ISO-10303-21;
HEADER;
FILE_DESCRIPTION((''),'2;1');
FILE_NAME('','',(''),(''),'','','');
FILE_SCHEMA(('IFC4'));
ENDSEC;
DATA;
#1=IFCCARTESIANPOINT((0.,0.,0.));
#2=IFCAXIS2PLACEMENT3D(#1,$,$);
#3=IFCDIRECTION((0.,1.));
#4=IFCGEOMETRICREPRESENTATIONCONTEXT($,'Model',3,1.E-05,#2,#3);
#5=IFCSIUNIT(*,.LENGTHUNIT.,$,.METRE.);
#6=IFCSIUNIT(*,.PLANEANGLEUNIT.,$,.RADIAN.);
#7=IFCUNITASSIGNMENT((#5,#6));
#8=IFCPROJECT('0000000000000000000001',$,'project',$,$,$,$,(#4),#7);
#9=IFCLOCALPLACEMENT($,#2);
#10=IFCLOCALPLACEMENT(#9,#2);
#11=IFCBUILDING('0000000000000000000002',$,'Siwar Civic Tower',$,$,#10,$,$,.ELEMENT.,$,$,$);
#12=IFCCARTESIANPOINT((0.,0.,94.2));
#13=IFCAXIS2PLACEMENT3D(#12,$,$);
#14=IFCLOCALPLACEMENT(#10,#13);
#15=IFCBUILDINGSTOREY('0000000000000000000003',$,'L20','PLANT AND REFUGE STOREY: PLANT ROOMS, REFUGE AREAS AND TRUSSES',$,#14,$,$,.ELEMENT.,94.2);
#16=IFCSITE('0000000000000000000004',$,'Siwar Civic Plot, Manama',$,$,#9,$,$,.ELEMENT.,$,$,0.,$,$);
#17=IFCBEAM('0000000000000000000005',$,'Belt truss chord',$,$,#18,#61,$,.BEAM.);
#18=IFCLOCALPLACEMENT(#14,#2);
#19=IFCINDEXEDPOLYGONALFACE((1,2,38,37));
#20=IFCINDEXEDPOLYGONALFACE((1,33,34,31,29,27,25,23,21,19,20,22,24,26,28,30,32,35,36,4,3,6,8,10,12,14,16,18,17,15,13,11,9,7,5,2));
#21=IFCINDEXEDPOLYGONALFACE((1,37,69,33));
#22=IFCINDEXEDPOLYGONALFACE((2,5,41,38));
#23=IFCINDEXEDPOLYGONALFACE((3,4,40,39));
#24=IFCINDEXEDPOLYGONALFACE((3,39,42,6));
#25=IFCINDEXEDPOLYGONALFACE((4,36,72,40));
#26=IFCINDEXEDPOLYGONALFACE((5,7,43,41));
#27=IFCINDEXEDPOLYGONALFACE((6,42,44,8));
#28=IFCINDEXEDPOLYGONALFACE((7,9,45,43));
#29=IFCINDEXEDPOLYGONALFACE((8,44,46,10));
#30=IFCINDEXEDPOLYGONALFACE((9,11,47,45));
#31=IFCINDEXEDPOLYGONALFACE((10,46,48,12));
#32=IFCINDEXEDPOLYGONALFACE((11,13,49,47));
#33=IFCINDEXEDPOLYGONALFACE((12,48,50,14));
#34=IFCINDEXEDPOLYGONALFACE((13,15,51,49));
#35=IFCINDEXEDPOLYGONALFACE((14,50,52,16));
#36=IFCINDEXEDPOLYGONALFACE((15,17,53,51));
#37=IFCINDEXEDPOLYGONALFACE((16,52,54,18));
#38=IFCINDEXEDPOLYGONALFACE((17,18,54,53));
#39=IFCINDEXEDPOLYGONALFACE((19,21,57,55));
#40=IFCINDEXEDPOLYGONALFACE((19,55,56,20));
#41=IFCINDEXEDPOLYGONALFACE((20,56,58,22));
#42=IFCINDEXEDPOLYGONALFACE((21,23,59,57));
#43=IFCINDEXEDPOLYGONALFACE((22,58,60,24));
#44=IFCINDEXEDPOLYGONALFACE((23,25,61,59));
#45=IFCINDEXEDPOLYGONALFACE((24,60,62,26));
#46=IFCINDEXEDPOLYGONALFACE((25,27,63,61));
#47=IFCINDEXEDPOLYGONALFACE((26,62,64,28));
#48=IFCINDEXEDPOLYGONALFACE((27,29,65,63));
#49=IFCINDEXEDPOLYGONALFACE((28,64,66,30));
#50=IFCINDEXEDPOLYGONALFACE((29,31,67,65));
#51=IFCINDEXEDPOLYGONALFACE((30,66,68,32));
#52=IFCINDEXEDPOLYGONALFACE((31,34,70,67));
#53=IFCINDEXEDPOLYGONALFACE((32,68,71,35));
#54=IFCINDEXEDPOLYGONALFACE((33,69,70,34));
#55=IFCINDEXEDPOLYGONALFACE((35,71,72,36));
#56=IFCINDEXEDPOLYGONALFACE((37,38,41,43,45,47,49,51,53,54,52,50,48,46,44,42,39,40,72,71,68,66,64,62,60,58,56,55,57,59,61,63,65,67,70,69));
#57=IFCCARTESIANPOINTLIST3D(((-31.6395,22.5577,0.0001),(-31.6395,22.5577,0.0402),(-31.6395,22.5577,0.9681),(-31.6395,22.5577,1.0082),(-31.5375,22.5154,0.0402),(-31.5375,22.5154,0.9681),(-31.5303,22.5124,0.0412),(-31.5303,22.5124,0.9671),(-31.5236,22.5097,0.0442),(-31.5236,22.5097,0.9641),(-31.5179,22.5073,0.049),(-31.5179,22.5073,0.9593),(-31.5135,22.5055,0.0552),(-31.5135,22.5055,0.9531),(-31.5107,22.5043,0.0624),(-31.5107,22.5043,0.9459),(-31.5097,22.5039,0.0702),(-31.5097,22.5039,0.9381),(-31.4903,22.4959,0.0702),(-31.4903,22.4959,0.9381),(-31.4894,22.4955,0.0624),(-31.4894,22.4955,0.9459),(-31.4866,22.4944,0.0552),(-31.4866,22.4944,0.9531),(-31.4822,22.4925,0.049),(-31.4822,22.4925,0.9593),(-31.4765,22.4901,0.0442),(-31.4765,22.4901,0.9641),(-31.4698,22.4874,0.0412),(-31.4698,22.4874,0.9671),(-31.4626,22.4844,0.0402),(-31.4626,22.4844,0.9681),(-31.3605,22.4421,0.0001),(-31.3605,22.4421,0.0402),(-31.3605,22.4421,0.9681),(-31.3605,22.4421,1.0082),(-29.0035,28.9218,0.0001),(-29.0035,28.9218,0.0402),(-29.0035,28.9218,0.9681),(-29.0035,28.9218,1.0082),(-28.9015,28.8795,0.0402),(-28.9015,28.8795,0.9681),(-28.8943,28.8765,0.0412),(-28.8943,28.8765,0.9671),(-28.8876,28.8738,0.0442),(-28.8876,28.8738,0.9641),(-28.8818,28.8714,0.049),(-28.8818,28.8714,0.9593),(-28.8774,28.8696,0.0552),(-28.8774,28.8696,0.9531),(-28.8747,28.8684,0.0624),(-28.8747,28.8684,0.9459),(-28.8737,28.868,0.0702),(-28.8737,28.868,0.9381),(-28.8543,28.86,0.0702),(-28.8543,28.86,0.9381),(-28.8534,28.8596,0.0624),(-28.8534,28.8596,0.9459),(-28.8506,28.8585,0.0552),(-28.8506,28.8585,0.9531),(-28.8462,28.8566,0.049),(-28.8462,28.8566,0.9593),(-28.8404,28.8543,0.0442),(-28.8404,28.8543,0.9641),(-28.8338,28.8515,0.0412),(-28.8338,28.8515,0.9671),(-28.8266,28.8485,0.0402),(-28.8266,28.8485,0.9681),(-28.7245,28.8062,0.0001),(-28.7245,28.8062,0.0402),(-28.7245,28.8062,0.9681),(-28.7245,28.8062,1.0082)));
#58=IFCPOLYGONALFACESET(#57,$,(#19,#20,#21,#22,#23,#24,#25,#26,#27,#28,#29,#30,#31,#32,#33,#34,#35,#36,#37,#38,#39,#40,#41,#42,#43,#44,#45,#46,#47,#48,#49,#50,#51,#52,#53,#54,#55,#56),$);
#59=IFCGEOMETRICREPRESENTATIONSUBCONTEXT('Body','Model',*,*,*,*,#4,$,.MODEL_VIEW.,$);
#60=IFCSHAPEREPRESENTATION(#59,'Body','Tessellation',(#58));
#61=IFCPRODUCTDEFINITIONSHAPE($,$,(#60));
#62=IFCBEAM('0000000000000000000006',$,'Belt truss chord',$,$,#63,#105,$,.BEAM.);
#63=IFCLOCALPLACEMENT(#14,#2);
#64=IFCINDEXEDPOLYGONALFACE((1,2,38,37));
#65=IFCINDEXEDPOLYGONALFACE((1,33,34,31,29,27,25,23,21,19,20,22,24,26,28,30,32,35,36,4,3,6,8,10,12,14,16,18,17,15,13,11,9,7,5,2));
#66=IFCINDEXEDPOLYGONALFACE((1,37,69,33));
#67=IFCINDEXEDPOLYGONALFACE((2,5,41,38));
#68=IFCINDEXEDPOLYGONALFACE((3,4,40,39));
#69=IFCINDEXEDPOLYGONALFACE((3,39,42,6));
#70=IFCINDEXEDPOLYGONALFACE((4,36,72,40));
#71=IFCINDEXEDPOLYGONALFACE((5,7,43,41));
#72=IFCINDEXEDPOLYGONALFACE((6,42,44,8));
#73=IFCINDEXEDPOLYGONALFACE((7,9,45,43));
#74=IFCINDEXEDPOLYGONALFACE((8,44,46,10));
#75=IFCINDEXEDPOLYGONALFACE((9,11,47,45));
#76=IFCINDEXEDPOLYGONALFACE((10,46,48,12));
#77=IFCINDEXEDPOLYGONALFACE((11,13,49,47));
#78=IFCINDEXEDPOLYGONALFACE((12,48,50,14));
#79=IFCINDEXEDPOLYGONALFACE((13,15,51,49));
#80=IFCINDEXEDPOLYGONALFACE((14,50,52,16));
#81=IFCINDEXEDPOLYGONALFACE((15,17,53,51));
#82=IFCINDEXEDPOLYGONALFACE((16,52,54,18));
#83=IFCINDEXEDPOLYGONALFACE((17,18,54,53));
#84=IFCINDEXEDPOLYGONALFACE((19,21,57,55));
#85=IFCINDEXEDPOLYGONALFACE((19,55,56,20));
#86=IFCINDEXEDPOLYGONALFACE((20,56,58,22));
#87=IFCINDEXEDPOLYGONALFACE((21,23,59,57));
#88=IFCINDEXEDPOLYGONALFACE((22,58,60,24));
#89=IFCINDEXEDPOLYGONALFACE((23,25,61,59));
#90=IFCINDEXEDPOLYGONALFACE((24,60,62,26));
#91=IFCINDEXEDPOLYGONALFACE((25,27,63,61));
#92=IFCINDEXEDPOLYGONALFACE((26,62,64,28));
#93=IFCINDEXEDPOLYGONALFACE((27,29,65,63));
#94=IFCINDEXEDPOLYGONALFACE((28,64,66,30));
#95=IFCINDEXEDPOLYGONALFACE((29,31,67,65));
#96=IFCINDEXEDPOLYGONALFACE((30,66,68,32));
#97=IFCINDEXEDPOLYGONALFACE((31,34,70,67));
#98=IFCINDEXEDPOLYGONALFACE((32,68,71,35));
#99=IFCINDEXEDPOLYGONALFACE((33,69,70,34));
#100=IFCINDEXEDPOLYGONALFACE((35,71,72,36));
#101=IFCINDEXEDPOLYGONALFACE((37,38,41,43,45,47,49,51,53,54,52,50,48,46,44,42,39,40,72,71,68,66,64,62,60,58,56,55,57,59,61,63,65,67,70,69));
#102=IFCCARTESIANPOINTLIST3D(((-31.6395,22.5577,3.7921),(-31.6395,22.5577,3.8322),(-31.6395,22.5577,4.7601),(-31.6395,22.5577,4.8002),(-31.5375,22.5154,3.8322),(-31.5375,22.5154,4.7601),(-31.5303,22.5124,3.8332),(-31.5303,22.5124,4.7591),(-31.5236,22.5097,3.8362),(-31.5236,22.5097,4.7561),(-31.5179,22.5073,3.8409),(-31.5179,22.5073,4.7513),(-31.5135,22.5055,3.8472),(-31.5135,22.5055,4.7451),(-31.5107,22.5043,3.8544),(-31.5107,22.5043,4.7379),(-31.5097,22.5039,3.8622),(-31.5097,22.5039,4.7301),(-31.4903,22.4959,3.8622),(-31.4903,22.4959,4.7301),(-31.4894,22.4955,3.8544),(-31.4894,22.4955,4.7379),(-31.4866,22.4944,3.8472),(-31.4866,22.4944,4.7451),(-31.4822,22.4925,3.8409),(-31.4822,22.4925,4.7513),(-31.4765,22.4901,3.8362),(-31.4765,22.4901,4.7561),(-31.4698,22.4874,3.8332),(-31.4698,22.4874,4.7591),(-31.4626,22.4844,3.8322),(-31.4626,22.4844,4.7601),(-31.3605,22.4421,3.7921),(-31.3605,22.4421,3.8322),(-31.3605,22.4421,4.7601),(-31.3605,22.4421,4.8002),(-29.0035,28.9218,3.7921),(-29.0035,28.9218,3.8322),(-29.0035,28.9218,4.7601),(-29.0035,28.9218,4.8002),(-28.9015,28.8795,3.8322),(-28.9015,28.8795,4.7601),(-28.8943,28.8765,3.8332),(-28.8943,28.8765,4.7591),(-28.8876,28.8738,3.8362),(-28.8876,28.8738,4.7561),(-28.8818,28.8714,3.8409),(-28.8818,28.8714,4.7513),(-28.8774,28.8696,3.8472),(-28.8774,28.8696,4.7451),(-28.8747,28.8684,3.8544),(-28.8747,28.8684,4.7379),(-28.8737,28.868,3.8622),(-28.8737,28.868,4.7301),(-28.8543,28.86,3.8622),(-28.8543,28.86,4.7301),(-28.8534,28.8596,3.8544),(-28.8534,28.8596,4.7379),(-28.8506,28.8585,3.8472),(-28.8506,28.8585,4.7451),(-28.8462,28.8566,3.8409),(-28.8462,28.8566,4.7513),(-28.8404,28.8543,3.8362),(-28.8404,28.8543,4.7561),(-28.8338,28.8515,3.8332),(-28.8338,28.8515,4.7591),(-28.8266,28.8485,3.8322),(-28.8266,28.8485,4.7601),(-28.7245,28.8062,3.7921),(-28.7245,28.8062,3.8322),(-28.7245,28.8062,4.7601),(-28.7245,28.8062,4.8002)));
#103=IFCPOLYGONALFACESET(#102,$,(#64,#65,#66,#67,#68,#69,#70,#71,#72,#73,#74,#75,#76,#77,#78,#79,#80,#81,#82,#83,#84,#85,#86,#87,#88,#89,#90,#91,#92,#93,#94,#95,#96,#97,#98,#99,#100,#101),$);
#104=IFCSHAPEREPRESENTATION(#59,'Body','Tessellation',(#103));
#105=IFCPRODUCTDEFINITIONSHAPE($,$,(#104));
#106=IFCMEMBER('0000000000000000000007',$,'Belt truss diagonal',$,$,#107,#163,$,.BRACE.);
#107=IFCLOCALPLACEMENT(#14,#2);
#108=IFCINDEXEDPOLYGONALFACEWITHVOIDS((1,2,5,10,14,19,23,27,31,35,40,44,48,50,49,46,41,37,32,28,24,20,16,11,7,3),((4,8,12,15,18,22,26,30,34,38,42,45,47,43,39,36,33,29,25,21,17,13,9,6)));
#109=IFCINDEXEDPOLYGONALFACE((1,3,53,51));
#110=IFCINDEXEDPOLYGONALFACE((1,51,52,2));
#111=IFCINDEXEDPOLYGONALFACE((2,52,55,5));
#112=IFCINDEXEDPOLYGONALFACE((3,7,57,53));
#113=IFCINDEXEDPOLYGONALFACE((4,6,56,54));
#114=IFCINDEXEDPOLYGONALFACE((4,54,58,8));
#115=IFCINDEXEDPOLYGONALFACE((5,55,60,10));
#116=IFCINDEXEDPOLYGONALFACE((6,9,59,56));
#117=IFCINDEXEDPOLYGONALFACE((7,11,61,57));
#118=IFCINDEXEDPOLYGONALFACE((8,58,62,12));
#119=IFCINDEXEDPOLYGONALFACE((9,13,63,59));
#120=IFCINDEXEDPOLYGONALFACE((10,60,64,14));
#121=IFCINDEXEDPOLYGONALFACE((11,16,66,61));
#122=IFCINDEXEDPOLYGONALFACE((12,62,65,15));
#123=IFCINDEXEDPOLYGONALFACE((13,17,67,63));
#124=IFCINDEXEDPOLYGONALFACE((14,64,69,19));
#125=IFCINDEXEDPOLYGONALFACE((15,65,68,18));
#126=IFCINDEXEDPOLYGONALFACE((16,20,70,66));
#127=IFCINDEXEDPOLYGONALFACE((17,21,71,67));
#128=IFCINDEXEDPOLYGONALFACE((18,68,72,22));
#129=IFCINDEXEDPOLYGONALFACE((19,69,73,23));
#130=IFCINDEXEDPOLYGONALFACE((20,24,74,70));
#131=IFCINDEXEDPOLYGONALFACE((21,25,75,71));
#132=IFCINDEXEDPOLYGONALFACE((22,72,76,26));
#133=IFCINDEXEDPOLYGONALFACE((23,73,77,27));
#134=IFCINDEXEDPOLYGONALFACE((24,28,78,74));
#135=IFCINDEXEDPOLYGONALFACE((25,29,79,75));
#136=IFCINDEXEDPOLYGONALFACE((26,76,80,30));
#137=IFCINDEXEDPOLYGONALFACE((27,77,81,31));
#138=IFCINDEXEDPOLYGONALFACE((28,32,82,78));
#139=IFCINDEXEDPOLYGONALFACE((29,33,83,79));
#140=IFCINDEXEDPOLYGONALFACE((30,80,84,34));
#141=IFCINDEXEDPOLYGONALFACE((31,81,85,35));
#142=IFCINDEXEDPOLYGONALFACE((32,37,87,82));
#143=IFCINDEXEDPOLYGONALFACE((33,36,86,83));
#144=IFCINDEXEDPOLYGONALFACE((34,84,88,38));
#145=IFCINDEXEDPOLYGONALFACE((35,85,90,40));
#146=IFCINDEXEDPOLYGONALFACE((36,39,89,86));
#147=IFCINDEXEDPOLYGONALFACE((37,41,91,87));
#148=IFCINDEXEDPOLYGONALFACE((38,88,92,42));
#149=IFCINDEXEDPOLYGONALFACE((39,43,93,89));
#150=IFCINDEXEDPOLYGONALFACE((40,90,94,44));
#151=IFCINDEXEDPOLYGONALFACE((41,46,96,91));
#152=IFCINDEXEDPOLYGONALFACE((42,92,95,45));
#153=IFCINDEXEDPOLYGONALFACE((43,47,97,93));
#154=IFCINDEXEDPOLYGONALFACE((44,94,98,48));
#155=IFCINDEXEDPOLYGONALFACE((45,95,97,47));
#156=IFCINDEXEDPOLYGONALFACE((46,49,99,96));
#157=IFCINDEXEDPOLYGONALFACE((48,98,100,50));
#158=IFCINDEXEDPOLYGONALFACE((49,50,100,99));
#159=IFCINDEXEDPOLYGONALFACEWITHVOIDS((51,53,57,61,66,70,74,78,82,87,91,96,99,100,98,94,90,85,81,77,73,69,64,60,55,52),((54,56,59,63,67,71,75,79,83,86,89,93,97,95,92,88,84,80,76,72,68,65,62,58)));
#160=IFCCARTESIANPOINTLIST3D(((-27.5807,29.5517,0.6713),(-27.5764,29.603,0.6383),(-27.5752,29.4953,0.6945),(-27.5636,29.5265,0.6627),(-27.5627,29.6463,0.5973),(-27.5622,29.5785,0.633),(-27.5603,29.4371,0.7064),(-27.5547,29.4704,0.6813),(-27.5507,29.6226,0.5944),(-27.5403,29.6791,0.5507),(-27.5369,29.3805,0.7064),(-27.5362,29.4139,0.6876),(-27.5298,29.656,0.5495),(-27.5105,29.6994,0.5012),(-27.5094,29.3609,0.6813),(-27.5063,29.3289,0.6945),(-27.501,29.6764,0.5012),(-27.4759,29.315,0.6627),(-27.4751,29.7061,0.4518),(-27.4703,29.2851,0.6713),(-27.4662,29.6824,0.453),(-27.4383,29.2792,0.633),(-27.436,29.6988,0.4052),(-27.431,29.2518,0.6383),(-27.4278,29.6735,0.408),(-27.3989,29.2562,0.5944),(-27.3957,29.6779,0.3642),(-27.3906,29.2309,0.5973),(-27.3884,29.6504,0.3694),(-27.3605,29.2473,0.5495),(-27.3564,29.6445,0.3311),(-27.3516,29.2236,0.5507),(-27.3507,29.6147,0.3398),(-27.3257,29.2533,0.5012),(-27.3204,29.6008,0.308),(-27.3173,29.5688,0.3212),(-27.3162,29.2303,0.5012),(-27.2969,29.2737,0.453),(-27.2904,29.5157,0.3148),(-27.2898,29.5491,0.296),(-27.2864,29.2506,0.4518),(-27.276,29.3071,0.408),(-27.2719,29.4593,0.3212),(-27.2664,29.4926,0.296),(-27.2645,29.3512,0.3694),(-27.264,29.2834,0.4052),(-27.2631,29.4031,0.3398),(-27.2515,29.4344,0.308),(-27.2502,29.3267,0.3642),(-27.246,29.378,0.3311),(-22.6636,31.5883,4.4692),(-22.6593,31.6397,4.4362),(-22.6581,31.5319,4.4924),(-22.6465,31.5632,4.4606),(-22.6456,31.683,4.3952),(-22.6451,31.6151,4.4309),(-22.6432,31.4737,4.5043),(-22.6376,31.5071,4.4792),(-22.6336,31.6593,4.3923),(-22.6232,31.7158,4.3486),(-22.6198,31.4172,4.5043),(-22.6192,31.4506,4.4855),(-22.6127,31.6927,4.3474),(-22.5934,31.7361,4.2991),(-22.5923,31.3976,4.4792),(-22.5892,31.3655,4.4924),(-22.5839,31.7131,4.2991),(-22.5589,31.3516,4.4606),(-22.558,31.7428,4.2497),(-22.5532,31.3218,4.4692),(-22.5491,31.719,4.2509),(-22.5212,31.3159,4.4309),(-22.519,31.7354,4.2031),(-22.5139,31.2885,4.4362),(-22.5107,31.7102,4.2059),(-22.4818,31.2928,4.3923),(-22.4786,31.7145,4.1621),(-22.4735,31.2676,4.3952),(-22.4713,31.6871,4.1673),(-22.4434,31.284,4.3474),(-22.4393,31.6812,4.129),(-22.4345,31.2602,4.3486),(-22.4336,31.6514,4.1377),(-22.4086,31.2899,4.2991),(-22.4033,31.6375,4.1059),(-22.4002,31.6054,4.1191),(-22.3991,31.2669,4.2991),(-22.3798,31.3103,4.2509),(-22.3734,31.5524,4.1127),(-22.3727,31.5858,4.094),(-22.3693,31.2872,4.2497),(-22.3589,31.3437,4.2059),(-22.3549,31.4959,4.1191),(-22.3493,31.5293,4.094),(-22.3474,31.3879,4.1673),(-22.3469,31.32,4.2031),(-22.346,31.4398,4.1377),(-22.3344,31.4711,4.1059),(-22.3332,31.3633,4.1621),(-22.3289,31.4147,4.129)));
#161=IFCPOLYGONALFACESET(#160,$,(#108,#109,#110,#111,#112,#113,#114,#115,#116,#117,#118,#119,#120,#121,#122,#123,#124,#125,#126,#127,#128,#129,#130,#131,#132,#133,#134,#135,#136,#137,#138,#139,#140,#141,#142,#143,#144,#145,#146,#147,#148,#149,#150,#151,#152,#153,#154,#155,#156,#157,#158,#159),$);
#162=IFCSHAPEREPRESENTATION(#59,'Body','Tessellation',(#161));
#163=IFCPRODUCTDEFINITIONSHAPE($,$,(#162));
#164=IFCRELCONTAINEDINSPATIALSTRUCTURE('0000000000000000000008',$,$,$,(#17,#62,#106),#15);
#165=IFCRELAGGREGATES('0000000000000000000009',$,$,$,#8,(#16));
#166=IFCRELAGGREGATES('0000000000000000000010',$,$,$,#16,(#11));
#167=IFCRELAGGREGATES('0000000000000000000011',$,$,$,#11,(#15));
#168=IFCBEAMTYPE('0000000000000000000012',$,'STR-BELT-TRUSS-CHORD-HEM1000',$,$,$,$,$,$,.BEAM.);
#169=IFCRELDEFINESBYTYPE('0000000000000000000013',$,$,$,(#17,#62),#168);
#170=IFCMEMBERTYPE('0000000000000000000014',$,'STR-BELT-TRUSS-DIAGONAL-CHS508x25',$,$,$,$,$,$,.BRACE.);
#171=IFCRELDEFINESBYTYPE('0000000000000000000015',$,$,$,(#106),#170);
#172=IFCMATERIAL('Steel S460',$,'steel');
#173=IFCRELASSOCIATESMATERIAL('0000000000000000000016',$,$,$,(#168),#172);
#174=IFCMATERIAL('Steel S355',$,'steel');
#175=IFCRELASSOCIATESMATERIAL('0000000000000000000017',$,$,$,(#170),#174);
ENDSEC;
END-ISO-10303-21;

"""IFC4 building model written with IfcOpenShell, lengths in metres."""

from ifc_helpers import new_model, si_unit, direction, frame, origin, origin_2d, place, context, subcontext, project, spatial, hollow_circle, i_section, extrude, material, material_profile, profile_set, type_object, element, save


model = new_model("IFC4")

# Units and contexts
model_context = context("Model", 3, precision=1e-05, world=origin(), true_north=direction((0.0, 1.0)))
body_context = subcontext(model_context, "Body", "Model", "MODEL_VIEW")
ifc_project = project(units=[si_unit("LENGTHUNIT", "METRE"), si_unit("PLANEANGLEUNIT", "RADIAN")], contexts=[model_context])

# Site, building, storey
site_placement = place(None, origin())
site = spatial("IfcSite", under=ifc_project, at=site_placement, Name="Siwar Civic Plot, Manama", CompositionType="ELEMENT", RefElevation=0.0)
building_placement = place(site_placement, origin())
building = spatial("IfcBuilding", under=site, at=building_placement, Name="Siwar Civic Tower", CompositionType="ELEMENT")
storey_placement = place(building_placement, frame((0.0, 0.0, 94.2)))
storey = spatial("IfcBuildingStorey", under=building, at=storey_placement, Name="L20", Description="PLANT AND REFUGE STOREY: PLANT ROOMS, REFUGE AREAS AND TRUSSES", CompositionType="ELEMENT", Elevation=94.2)

# Beams
ifc_material_1 = material(Name="Steel S460", Category="steel")
ifc_material_profile_1 = material_profile(ifc_material_1, i_section(OverallWidth=0.302, OverallDepth=1.0081, WebThickness=0.021, FlangeThickness=0.04, FilletRadius=0.03, at=origin_2d()), Name="HEM1000")
ifc_profile_set_1 = profile_set([ifc_material_profile_1], Name="Steel S460")
beam_type_1 = type_object("IfcBeamType", Name="STR-BELT-TRUSS-CHORD-HEM1000", PredefinedType="BEAM", material=ifc_profile_set_1)
for number, where, z_axis, x_axis, name in (
    (1, (-28.864, 28.864, 0.5042), (-0.382674, -0.923883, 0.0), (0.923883, -0.382674, 0.0), "Belt truss chord"),
    (2, (-28.864, 28.864, 4.2961), (-0.382674, -0.923883, 0.0), (0.923883, -0.382674, 0.0), "Belt truss chord"),
):
    element("IfcBeam", number, at=place(storey_placement, frame(where, z_axis=z_axis, x_axis=x_axis)), inside=storey, type_object=beam_type_1, Name=name, PredefinedType="BEAM", context=body_context, shape_type="SweptSolid", body=[
        extrude(i_section(OverallWidth=0.302, OverallDepth=1.0081, WebThickness=0.021, FlangeThickness=0.04, FilletRadius=0.03, at=origin_2d()), origin(), (0.0, 0.0, 1.0), 6.8884),
    ])

# Member
ifc_material_2 = material(Name="Steel S355", Category="steel")
ifc_material_profile_2 = material_profile(ifc_material_2, hollow_circle(Radius=0.2539, WallThickness=0.0249, at=origin_2d()), Name="CHS508x25")
ifc_profile_set_2 = profile_set([ifc_material_profile_2], Name="Steel S355")
member_type_1 = type_object("IfcMemberType", Name="STR-BELT-TRUSS-DIAGONAL-CHS508x25", PredefinedType="BRACE", material=ifc_profile_set_2)
member_1_placement = place(storey_placement, frame((-27.4133, 29.4648, 0.5012), z_axis=(0.752038, 0.311495, 0.580869), x_axis=(-0.382673, 0.923884, 0.0)))
element("IfcMember", 3, at=member_1_placement, inside=storey, type_object=member_type_1, Name="Belt truss diagonal", PredefinedType="BRACE", context=body_context, shape_type="SweptSolid", body=[
    extrude(hollow_circle(Radius=0.2539, WallThickness=0.0249, at=origin_2d()), origin(), (0.0, 0.0, 1.0), 6.5383),
])

save(model, "model.ifc")
